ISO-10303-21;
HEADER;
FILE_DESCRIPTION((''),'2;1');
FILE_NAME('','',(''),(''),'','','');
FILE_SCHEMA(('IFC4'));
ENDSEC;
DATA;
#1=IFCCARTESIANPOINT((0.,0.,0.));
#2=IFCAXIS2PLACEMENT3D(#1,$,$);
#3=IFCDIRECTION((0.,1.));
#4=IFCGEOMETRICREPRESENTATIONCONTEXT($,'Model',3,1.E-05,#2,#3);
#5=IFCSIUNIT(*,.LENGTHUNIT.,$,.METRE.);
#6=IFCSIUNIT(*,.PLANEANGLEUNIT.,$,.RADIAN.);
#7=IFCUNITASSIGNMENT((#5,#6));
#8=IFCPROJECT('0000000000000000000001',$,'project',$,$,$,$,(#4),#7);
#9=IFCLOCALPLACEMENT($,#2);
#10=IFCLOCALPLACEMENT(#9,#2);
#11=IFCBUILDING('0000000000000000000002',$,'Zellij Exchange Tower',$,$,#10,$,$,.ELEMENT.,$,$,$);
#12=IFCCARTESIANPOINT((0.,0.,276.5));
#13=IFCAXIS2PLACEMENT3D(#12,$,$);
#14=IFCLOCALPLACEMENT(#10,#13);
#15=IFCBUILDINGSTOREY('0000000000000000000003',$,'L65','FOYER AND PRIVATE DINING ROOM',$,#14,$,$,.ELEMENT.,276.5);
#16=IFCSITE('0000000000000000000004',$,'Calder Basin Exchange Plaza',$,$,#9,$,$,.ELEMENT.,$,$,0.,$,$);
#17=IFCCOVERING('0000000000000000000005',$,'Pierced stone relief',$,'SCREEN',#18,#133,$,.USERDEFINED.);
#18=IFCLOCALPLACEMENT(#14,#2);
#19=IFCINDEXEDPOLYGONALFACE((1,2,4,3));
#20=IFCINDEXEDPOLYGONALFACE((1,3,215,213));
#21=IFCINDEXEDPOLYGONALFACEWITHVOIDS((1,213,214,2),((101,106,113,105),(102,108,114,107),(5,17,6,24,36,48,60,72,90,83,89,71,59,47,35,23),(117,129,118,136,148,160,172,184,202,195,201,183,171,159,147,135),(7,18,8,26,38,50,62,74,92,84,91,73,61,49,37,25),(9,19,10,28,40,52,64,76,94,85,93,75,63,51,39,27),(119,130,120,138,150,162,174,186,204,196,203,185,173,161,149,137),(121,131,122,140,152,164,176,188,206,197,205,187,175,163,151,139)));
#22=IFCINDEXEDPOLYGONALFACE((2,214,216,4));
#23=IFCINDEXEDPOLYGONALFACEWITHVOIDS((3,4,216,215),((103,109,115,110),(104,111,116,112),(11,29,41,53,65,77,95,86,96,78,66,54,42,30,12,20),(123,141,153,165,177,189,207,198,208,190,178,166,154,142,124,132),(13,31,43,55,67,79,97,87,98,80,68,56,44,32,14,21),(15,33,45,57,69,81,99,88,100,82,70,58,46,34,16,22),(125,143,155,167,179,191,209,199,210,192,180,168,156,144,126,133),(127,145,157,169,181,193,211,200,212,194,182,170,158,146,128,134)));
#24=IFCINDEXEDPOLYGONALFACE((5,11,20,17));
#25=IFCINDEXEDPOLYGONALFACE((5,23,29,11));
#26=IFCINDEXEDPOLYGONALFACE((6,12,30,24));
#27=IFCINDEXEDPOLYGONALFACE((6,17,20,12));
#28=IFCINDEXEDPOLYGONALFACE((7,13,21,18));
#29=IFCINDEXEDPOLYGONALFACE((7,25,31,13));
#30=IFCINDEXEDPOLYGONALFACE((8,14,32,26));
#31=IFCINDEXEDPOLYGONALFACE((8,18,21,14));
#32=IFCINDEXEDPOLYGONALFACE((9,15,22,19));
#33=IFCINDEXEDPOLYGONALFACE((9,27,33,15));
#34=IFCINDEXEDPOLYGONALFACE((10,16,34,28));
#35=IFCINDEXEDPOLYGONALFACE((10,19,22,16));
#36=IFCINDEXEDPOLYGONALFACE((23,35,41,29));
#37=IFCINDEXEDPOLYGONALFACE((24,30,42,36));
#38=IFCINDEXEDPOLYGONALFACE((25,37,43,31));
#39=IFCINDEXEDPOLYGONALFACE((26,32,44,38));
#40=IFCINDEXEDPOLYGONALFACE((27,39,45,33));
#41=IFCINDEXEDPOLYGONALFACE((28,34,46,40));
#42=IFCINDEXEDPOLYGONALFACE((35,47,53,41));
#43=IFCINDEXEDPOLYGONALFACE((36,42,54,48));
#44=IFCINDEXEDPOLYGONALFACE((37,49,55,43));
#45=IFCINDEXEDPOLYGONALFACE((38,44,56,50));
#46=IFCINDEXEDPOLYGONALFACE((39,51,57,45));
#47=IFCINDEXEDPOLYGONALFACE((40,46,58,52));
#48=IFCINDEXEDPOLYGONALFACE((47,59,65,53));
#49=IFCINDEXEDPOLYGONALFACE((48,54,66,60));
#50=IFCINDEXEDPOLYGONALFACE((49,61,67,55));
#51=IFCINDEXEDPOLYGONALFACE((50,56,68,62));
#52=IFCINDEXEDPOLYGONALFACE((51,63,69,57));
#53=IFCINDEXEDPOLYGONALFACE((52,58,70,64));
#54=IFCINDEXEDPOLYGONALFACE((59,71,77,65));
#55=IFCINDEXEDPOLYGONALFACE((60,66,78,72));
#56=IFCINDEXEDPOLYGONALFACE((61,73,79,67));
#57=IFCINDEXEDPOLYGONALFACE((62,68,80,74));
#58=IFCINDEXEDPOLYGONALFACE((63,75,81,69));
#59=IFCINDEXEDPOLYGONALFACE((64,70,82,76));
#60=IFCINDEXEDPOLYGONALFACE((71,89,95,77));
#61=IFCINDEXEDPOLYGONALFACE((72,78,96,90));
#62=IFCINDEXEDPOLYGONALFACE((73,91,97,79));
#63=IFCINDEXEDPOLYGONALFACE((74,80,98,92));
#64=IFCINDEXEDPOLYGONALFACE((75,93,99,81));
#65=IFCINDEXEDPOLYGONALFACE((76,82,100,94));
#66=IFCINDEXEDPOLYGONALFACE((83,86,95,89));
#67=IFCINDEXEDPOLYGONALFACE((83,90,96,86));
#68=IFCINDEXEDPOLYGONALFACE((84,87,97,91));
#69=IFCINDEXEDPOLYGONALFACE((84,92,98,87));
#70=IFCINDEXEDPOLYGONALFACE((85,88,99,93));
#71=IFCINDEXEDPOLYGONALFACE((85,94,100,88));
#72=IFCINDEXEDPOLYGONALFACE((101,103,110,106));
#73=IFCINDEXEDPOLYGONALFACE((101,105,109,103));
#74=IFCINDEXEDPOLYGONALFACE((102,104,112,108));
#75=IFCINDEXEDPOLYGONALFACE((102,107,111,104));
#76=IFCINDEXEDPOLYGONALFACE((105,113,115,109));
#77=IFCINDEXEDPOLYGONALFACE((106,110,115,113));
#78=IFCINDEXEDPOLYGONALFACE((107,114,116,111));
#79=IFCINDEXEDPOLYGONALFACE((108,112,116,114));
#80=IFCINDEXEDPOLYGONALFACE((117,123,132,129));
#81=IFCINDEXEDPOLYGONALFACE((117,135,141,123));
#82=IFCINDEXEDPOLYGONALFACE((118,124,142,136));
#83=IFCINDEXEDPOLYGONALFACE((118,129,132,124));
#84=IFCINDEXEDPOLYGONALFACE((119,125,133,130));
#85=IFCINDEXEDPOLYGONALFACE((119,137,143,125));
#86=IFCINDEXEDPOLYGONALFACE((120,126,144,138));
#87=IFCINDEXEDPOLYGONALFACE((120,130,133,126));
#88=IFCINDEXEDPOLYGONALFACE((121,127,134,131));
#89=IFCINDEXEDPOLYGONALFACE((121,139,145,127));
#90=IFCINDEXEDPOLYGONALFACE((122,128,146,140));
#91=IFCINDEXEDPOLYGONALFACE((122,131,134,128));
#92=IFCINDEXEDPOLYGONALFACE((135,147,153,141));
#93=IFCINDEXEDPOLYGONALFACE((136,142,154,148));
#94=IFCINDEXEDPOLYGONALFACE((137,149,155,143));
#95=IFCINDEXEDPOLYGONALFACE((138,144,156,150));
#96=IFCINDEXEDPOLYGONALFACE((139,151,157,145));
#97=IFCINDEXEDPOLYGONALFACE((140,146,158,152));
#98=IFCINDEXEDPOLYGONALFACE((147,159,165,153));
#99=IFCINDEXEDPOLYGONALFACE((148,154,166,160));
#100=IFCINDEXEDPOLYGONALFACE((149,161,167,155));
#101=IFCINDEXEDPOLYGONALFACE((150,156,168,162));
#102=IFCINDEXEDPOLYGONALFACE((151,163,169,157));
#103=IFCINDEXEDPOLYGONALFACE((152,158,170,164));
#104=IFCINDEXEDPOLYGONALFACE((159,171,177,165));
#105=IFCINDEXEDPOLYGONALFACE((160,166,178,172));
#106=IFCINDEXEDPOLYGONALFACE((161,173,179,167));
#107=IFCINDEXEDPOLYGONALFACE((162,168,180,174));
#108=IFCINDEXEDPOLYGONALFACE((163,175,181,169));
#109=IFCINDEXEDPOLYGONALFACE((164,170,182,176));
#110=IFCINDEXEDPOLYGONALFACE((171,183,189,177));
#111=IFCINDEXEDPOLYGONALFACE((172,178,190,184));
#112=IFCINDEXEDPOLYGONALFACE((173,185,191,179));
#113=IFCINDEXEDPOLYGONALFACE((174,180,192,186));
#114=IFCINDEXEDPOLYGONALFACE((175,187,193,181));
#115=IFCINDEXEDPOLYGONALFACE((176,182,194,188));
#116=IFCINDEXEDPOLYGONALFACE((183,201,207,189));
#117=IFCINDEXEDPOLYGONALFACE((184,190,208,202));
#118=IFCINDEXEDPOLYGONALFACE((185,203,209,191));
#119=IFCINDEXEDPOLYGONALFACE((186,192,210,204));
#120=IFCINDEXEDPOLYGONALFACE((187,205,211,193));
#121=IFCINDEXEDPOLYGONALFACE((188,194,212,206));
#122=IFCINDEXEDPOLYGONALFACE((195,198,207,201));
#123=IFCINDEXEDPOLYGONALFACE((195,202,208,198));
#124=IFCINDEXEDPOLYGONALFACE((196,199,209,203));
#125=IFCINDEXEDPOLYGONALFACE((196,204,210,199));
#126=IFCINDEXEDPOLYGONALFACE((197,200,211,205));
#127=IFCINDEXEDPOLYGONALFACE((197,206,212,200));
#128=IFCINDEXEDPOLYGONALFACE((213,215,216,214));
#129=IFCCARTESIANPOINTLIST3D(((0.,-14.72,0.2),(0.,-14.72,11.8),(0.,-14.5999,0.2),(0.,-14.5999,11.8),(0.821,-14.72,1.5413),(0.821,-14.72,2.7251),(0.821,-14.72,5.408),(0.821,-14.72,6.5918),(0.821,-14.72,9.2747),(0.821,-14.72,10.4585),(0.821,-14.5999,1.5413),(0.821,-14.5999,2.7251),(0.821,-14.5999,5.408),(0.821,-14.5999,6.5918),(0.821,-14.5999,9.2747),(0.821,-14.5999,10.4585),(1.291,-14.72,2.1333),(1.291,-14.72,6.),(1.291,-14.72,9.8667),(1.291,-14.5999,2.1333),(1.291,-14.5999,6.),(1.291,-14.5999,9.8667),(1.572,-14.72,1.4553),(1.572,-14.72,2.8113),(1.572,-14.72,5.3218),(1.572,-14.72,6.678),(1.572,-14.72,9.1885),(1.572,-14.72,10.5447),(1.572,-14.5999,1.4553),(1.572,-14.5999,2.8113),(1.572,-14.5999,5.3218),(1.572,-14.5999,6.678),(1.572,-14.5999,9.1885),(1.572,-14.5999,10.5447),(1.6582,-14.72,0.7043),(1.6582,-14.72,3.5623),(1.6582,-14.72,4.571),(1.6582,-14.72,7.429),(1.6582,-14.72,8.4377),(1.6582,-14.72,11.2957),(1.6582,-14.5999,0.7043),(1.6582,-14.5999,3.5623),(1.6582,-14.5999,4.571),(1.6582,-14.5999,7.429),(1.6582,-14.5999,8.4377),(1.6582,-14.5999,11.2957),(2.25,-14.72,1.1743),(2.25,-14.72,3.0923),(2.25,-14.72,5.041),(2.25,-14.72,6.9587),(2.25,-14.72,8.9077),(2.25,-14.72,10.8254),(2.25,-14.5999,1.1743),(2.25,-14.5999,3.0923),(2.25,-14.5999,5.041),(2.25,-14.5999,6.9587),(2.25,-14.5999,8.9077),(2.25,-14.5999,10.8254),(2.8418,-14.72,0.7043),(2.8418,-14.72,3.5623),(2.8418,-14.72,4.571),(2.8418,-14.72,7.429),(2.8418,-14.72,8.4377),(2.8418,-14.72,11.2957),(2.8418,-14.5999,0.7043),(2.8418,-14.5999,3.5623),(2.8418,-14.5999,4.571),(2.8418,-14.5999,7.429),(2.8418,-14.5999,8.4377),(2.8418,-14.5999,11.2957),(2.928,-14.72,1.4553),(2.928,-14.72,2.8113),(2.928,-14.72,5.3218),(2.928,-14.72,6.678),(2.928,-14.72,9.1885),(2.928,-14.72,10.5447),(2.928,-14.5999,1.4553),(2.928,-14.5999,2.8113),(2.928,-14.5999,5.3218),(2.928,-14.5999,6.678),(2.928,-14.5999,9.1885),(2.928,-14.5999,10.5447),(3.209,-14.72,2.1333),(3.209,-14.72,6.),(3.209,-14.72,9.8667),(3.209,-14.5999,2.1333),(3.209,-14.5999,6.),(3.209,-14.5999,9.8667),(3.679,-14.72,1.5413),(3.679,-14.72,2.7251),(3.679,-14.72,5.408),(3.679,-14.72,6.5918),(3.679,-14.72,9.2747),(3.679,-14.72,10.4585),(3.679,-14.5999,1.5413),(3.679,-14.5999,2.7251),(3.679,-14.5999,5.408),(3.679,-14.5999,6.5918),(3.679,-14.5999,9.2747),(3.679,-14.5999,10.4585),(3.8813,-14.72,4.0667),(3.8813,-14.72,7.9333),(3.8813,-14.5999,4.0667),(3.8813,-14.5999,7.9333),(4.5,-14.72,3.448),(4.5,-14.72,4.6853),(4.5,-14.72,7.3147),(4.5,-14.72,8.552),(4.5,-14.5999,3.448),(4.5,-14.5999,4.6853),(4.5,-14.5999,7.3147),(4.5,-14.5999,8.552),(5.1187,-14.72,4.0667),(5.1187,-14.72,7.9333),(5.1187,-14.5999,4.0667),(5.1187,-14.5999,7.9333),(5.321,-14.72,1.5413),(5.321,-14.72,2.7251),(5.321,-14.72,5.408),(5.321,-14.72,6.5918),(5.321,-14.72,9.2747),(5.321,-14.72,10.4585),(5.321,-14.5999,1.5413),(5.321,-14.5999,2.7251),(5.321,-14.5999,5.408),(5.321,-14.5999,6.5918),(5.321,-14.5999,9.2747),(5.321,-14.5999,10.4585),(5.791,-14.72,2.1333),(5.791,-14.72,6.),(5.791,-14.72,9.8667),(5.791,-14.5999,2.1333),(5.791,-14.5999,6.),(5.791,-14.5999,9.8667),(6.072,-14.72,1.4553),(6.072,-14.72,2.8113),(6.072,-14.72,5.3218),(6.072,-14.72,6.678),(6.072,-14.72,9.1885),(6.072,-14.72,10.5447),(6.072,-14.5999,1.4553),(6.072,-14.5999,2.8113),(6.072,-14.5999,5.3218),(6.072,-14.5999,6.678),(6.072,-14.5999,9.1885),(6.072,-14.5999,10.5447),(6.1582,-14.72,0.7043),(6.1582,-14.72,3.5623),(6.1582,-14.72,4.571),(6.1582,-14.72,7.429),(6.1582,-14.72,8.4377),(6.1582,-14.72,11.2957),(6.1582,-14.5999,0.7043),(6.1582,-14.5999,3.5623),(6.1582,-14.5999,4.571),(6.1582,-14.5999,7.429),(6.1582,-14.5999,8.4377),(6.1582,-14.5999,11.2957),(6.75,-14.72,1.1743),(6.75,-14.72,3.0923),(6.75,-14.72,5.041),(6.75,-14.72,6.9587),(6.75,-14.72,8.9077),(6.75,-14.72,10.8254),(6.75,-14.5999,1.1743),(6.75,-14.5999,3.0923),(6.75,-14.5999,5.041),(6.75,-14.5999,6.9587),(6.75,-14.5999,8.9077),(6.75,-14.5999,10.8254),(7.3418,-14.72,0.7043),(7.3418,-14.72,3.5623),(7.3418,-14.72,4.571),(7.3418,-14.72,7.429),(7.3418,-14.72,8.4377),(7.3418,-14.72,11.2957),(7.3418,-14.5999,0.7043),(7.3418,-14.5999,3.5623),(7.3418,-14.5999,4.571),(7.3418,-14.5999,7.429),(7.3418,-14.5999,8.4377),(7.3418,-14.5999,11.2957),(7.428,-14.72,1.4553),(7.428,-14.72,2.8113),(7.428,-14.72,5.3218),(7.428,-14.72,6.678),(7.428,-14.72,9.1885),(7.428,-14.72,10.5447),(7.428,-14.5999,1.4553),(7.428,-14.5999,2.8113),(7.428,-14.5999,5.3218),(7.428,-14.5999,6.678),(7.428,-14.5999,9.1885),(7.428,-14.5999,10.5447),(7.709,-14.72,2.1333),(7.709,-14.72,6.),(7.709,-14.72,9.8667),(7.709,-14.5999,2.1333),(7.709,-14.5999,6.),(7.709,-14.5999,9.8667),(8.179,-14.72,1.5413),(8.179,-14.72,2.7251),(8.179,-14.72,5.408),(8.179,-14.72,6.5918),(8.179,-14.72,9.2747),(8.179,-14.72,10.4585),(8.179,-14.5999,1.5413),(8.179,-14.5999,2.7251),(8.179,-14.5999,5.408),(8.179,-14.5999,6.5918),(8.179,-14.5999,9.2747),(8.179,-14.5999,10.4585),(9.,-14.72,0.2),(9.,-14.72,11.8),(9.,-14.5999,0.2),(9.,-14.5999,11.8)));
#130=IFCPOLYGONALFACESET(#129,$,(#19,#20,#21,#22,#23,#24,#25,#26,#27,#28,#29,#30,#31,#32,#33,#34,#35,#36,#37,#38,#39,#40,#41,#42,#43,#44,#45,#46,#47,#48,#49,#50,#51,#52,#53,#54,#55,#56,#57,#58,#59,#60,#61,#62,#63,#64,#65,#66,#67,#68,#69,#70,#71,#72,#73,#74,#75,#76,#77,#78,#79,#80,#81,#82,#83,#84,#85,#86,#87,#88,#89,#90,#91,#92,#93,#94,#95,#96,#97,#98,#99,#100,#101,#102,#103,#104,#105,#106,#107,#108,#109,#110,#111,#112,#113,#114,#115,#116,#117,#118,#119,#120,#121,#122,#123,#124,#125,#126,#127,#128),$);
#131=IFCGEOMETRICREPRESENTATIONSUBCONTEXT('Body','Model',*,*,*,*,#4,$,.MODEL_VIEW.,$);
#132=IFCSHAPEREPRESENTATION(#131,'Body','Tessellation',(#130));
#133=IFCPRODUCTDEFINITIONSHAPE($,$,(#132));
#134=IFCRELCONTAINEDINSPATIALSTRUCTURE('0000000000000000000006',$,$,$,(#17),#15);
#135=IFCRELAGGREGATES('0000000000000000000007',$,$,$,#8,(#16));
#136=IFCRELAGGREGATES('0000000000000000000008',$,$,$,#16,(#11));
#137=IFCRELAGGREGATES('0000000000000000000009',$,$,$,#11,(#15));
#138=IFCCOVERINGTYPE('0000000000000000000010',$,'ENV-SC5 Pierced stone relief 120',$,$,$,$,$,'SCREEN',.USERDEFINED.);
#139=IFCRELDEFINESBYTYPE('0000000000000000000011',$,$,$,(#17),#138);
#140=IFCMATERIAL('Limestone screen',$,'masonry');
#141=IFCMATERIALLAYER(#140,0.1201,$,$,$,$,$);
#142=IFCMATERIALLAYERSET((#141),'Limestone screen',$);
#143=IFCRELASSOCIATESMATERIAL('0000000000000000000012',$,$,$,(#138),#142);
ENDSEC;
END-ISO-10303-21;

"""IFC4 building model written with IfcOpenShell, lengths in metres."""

from ifc_helpers import new_model, si_unit, direction, frame, origin, place, context, subcontext, project, spatial, polyline, outline, extrude, material, layer, layer_set, type_object, element, save


model = new_model("IFC4")

# Units and contexts
model_context = context("Model", 3, precision=1e-05, world=origin(), true_north=direction((0.0, 1.0)))
body_context = subcontext(model_context, "Body", "Model", "MODEL_VIEW")
ifc_project = project(units=[si_unit("LENGTHUNIT", "METRE"), si_unit("PLANEANGLEUNIT", "RADIAN")], contexts=[model_context])

# Site, building, storey
site_placement = place(None, origin())
site = spatial("IfcSite", under=ifc_project, at=site_placement, Name="Calder Basin Exchange Plaza", CompositionType="ELEMENT", RefElevation=0.0)
building_placement = place(site_placement, origin())
building = spatial("IfcBuilding", under=site, at=building_placement, Name="Zellij Exchange Tower", CompositionType="ELEMENT")
storey_placement = place(building_placement, frame((0.0, 0.0, 276.5)))
storey = spatial("IfcBuildingStorey", under=building, at=storey_placement, Name="L65", Description="FOYER AND PRIVATE DINING ROOM", CompositionType="ELEMENT", Elevation=276.5)

# Covering
ifc_material_1 = material(Name="Limestone screen", Category="masonry")
ifc_layer_1 = layer(ifc_material_1, 0.1201)
ifc_layer_set_1 = layer_set([ifc_layer_1], Name="Limestone screen")
covering_type = type_object("IfcCoveringType", Name="ENV-SC5 Pierced stone relief 120", ElementType="SCREEN", PredefinedType="USERDEFINED", material=ifc_layer_set_1)
covering_1_placement = place(storey_placement, frame((0.0, -14.6599, 0.2), z_axis=(0.0, 0.0, 1.0), x_axis=(1.0, 0.0, 0.0)))
element("IfcCovering", 1, at=covering_1_placement, inside=storey, type_object=covering_type, Name="Pierced stone relief", ObjectType="SCREEN", PredefinedType="USERDEFINED", context=body_context, shape_type="SweptSolid", body=[
    extrude(outline(polyline([(0.0, 0.0), (9.0, 0.0), (9.0, 11.6001), (0.0, 11.6001), (0.0, 0.0)]), holes=[polyline([(3.679, 2.5251), (2.928, 2.6113), (2.8418, 3.3623), (2.25, 2.8923), (1.6582, 3.3623), (1.572, 2.6113), (0.821, 2.5251), (1.291, 1.9333), (0.821, 1.3413), (1.572, 1.2554), (1.6582, 0.5044), (2.25, 0.9744), (2.8418, 0.5044), (2.928, 1.2554), (3.679, 1.3413), (3.209, 1.9333), (3.679, 2.5251)]), polyline([(3.679, 6.3918), (2.928, 6.478), (2.8418, 7.229), (2.25, 6.7588), (1.6582, 7.229), (1.572, 6.478), (0.821, 6.3918), (1.291, 5.8), (0.821, 5.208), (1.572, 5.1218), (1.6582, 4.3711), (2.25, 4.8411), (2.8418, 4.3711), (2.928, 5.1218), (3.679, 5.208), (3.209, 5.8), (3.679, 6.3918)]), polyline([(3.679, 10.2585), (2.928, 10.3447), (2.8418, 11.0957), (2.25, 10.6255), (1.6582, 11.0957), (1.572, 10.3447), (0.821, 10.2585), (1.291, 9.6667), (0.821, 9.0747), (1.572, 8.9885), (1.6582, 8.2378), (2.25, 8.7078), (2.8418, 8.2378), (2.928, 8.9885), (3.679, 9.0747), (3.209, 9.6667), (3.679, 10.2585)]), polyline([(8.179, 2.5251), (7.428, 2.6113), (7.3418, 3.3623), (6.75, 2.8923), (6.1582, 3.3623), (6.072, 2.6113), (5.321, 2.5251), (5.791, 1.9333), (5.321, 1.3413), (6.072, 1.2554), (6.1582, 0.5044), (6.75, 0.9744), (7.3418, 0.5044), (7.428, 1.2554), (8.179, 1.3413), (7.709, 1.9333), (8.179, 2.5251)]), polyline([(8.179, 6.3918), (7.428, 6.478), (7.3418, 7.229), (6.75, 6.7588), (6.1582, 7.229), (6.072, 6.478), (5.321, 6.3918), (5.791, 5.8), (5.321, 5.208), (6.072, 5.1218), (6.1582, 4.3711), (6.75, 4.8411), (7.3418, 4.3711), (7.428, 5.1218), (8.179, 5.208), (7.709, 5.8), (8.179, 6.3918)]), polyline([(8.179, 10.2585), (7.428, 10.3447), (7.3418, 11.0957), (6.75, 10.6255), (6.1582, 11.0957), (6.072, 10.3447), (5.321, 10.2585), (5.791, 9.6667), (5.321, 9.0747), (6.072, 8.9885), (6.1582, 8.2378), (6.75, 8.7078), (7.3418, 8.2378), (7.428, 8.9885), (8.179, 9.0747), (7.709, 9.6667), (8.179, 10.2585)]), polyline([(5.1187, 3.8667), (4.5, 4.4854), (3.8813, 3.8667), (4.5, 3.248), (5.1187, 3.8667)]), polyline([(5.1187, 7.7334), (4.5, 8.3521), (3.8813, 7.7334), (4.5, 7.1147), (5.1187, 7.7334)])]), frame((0.0, 0.0601, 0.0), z_axis=(0.0, -1.0, 0.0), x_axis=(1.0, 0.0, 0.0)), (0.0, 0.0, 1.0), 0.1201),
])

save(model, "model.ifc")
